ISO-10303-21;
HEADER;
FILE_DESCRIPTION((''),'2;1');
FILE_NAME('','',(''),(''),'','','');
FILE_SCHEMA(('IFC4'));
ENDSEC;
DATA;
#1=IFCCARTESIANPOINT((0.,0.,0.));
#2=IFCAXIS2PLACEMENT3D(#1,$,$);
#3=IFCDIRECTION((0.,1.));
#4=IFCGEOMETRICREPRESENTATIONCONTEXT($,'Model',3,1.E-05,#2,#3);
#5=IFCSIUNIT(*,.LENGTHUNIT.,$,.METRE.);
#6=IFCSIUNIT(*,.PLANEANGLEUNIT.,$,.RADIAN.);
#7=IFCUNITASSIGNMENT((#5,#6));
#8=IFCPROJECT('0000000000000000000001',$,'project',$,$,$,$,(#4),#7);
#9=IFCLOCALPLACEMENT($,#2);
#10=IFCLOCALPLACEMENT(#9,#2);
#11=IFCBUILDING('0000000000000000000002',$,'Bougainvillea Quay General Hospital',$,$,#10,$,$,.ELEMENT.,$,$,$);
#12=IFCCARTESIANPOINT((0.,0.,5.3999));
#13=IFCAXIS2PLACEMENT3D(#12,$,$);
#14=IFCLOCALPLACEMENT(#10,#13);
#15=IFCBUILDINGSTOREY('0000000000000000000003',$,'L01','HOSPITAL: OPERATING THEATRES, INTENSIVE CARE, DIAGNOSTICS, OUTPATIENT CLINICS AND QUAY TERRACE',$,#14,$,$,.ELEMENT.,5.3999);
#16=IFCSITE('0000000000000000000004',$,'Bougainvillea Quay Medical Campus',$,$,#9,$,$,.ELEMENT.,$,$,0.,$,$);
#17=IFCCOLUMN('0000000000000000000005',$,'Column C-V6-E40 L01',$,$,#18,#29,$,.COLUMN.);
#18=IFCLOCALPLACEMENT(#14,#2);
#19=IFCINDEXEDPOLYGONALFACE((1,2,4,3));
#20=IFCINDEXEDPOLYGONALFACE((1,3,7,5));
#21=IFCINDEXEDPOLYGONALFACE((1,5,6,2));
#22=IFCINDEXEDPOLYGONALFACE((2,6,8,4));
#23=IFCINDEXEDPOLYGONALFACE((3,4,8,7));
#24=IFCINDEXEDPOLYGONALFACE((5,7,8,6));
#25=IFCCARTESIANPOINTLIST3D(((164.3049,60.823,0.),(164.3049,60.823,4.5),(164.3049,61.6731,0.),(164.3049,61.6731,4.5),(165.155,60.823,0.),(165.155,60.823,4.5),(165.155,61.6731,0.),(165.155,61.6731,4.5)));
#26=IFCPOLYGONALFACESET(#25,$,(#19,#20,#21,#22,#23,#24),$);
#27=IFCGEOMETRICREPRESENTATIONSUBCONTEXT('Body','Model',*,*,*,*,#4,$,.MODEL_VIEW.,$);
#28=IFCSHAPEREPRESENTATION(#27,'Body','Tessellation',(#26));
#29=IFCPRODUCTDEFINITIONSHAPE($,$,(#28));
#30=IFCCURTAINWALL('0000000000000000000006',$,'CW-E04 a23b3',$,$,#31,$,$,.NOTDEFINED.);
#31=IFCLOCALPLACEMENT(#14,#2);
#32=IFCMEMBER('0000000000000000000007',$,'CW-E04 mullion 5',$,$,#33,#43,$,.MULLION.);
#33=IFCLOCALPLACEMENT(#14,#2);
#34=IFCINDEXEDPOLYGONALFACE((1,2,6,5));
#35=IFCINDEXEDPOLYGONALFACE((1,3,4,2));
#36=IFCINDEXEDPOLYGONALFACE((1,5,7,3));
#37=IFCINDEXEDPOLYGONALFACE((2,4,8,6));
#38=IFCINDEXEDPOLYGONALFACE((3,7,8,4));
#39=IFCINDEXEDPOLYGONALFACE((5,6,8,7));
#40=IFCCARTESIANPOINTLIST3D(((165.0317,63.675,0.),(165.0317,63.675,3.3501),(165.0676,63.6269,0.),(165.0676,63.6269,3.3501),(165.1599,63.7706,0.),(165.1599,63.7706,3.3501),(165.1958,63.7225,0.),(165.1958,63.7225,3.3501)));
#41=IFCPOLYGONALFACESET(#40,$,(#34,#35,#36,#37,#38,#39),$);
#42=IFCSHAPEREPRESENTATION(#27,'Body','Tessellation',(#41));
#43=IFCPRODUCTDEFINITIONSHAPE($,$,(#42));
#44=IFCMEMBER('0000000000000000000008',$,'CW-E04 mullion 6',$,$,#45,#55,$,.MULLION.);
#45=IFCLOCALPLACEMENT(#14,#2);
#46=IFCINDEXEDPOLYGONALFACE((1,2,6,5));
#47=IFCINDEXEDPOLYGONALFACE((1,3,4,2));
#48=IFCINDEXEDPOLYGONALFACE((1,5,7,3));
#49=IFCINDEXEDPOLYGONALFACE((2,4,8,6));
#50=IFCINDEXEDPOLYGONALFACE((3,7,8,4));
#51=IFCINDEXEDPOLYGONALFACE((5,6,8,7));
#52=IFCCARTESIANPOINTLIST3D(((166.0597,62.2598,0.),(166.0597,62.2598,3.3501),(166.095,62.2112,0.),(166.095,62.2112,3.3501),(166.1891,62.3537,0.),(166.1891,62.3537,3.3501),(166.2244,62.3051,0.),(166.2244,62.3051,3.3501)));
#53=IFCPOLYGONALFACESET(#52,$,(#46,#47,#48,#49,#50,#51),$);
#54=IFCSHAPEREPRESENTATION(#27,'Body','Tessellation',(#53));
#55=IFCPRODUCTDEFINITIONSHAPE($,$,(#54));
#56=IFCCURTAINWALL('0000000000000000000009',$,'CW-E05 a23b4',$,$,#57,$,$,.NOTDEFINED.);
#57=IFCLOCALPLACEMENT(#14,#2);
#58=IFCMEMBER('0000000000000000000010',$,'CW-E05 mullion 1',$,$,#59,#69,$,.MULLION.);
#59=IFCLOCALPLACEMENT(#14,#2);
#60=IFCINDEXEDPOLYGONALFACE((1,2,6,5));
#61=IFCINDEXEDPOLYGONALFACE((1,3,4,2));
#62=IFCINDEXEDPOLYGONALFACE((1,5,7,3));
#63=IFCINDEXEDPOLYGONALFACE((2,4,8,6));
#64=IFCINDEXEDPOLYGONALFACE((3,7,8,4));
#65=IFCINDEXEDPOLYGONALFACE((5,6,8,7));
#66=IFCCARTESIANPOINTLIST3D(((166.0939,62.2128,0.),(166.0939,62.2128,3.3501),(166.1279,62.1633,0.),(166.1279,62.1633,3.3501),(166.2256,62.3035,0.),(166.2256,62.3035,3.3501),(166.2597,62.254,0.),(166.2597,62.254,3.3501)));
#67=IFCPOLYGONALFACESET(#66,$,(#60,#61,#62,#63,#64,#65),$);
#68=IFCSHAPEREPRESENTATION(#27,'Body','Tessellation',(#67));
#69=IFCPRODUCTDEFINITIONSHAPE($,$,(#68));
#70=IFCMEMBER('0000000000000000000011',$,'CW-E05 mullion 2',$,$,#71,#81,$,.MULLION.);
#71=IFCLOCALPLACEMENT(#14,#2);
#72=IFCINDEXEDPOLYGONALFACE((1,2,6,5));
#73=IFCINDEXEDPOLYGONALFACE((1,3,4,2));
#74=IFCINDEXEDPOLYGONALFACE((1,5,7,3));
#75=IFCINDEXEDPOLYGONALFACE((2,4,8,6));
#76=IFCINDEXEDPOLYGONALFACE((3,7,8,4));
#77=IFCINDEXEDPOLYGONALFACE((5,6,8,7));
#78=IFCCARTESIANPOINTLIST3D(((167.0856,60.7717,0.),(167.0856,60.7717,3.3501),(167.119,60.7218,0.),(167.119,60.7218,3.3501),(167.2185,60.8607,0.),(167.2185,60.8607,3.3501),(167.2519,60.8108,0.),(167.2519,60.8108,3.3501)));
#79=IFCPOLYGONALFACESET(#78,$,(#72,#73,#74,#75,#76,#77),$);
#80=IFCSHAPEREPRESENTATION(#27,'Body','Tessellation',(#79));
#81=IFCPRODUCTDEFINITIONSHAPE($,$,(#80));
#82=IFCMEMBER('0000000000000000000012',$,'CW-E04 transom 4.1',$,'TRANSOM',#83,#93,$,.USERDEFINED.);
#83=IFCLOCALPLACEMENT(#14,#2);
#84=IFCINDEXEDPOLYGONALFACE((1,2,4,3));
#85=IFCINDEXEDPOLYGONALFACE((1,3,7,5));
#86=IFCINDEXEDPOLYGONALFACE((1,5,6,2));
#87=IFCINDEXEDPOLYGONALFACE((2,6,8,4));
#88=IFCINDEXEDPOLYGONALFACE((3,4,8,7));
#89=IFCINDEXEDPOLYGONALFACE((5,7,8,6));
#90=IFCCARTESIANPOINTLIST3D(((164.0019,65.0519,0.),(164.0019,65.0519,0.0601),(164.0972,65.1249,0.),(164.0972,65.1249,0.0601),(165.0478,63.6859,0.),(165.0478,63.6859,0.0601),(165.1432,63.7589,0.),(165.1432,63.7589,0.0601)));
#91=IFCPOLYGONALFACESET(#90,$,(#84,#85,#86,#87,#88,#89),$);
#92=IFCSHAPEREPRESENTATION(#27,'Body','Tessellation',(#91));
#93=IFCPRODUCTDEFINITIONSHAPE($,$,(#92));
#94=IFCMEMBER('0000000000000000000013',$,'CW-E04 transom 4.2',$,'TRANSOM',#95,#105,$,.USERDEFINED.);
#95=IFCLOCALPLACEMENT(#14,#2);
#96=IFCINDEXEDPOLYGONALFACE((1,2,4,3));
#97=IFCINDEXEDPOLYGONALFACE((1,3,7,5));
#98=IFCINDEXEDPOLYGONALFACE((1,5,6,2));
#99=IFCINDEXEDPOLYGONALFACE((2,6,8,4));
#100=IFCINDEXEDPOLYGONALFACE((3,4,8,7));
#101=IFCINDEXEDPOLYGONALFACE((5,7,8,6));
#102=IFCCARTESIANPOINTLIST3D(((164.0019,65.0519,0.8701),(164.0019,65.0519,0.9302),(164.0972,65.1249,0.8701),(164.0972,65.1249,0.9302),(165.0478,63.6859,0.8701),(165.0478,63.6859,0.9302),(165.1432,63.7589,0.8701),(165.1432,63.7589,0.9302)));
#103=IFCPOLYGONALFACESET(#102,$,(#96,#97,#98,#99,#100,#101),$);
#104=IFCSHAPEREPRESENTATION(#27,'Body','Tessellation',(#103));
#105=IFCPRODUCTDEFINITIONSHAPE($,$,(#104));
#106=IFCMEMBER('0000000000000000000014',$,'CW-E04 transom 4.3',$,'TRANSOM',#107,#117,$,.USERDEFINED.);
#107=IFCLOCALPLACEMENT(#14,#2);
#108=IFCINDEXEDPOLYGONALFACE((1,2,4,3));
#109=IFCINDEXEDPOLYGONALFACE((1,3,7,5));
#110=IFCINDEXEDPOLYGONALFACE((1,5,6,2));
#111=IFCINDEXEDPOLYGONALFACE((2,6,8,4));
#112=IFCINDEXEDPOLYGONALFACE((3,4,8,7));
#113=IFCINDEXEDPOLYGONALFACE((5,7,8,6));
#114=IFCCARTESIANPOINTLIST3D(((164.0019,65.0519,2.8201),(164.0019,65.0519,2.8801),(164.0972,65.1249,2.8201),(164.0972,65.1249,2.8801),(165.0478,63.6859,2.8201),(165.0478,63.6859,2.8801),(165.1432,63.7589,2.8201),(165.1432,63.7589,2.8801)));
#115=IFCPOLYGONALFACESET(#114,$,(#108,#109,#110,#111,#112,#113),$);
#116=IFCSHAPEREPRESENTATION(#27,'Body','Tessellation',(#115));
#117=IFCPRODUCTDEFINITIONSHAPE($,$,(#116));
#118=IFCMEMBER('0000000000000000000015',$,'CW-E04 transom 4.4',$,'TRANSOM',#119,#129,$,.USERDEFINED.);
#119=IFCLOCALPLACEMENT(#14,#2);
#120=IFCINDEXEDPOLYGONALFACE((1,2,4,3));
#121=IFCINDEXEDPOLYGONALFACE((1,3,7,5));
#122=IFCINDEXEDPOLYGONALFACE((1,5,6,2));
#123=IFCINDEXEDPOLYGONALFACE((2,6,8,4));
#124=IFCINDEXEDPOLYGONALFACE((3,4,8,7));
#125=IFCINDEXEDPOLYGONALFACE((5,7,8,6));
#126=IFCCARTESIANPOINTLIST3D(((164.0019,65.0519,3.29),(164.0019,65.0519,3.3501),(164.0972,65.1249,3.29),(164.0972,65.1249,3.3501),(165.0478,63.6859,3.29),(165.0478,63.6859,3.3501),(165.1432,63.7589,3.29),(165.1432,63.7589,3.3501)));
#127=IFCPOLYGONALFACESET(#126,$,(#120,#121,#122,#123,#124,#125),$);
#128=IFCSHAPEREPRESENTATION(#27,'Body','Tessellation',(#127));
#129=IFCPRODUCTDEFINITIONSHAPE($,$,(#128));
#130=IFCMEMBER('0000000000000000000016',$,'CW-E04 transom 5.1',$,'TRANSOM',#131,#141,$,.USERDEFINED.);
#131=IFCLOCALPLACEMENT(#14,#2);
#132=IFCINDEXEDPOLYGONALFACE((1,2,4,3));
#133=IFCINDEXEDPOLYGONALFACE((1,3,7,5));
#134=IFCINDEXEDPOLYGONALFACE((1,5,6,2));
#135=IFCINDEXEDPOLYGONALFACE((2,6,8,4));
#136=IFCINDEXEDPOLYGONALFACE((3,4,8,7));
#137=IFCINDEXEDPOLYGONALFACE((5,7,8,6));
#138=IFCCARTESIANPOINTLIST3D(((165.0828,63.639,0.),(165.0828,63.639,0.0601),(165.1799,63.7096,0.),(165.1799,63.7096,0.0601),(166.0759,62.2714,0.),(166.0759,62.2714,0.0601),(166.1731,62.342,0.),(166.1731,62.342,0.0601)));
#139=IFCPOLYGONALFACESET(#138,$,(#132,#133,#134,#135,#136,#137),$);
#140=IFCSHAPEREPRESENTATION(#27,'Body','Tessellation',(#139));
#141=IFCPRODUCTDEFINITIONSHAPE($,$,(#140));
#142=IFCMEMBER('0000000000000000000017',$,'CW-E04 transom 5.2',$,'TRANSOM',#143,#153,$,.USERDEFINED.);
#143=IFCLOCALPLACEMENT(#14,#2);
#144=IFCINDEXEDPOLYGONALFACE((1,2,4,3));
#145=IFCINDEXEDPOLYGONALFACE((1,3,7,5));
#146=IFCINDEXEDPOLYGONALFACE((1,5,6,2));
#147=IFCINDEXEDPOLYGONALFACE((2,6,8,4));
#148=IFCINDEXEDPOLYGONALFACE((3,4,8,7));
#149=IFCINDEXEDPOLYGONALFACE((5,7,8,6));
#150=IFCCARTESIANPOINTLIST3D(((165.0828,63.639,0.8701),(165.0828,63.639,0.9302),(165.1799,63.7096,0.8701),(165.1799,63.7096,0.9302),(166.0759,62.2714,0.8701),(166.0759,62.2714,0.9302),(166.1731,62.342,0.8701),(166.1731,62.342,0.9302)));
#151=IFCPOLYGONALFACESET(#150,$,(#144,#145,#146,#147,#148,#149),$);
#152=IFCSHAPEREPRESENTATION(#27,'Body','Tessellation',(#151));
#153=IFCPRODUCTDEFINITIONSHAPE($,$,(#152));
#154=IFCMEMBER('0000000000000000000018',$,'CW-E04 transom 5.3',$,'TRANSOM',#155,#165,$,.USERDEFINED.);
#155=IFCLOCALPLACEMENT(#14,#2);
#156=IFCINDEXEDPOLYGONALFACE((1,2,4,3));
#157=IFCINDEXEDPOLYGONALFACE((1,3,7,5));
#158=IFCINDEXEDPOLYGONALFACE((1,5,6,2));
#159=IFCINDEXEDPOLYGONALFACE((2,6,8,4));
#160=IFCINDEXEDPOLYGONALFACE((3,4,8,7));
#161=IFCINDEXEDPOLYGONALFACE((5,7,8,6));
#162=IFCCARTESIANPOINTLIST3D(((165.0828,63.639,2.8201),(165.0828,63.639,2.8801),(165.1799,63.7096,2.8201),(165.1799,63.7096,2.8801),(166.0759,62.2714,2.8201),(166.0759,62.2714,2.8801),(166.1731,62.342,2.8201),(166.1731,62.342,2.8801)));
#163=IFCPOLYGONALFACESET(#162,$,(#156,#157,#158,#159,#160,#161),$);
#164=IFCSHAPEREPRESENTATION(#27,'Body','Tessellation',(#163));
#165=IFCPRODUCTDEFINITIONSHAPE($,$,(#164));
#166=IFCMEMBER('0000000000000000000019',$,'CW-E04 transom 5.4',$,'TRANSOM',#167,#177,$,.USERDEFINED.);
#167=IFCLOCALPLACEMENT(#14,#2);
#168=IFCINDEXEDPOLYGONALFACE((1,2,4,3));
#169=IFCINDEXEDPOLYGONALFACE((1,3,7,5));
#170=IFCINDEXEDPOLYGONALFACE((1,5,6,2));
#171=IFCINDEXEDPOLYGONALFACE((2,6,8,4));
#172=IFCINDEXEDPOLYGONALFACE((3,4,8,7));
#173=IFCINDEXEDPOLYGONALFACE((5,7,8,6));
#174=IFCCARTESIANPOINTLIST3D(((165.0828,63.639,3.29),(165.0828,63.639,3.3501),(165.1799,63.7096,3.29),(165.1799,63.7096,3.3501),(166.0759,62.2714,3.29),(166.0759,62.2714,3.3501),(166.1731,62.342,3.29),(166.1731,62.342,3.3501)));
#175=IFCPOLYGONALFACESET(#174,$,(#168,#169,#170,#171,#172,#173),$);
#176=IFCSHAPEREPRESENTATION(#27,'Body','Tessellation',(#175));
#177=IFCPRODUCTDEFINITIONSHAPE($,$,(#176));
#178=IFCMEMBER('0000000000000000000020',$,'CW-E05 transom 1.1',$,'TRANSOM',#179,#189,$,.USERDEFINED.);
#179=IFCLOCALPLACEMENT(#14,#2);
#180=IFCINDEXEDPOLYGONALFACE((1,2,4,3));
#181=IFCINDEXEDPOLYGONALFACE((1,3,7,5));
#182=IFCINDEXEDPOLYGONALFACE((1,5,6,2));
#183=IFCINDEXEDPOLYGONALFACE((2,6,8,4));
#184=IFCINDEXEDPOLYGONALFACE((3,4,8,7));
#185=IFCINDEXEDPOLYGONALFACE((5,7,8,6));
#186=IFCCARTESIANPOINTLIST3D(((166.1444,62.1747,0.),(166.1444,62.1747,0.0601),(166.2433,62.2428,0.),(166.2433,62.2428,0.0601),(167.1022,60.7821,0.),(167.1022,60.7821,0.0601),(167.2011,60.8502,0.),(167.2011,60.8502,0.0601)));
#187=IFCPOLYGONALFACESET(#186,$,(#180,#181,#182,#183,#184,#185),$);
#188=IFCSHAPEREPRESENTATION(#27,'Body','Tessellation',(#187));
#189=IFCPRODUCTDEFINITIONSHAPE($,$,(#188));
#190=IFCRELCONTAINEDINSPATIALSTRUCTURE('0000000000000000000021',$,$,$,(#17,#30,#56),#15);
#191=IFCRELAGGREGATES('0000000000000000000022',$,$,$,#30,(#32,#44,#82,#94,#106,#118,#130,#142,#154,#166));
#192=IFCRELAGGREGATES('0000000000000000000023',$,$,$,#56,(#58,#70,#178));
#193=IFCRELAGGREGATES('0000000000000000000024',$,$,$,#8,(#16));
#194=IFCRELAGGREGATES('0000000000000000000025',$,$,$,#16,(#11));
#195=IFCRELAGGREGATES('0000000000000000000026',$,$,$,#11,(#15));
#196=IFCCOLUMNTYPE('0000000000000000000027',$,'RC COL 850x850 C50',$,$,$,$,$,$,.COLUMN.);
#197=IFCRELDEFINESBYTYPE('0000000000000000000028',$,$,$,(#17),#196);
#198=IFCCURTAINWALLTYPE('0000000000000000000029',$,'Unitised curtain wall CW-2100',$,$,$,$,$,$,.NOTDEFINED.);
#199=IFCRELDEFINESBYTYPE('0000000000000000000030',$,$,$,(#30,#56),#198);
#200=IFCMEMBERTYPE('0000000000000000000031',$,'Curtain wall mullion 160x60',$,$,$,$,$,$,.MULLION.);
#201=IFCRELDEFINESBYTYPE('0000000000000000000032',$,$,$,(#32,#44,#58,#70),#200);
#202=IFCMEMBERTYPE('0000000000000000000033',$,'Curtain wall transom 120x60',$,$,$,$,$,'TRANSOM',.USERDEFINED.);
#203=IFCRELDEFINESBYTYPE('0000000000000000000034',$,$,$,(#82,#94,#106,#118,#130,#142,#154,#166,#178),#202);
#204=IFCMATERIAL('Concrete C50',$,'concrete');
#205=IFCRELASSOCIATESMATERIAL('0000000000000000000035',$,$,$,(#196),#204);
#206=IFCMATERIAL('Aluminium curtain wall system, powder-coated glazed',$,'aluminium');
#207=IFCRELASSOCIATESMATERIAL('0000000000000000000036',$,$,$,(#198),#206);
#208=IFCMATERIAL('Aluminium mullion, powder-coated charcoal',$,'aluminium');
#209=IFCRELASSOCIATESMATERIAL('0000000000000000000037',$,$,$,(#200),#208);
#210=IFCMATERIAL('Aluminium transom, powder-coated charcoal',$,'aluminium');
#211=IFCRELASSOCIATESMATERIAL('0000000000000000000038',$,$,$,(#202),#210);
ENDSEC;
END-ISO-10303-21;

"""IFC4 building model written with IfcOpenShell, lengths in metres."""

from ifc_helpers import new_model, si_unit, direction, frame, origin, origin_2d, place, context, subcontext, project, spatial, rectangle, extrude, material, material_profile, profile_set, type_object, element, aggregate, save


model = new_model("IFC4")

# Units and contexts
model_context = context("Model", 3, precision=1e-05, world=origin(), true_north=direction((0.0, 1.0)))
body_context = subcontext(model_context, "Body", "Model", "MODEL_VIEW")
ifc_project = project(units=[si_unit("LENGTHUNIT", "METRE"), si_unit("PLANEANGLEUNIT", "RADIAN")], contexts=[model_context])

# Site, building, storey
site_placement = place(None, origin())
site = spatial("IfcSite", under=ifc_project, at=site_placement, Name="Bougainvillea Quay Medical Campus", CompositionType="ELEMENT", RefElevation=0.0)
building_placement = place(site_placement, origin())
building = spatial("IfcBuilding", under=site, at=building_placement, Name="Bougainvillea Quay General Hospital", CompositionType="ELEMENT")
storey_placement = place(building_placement, frame((0.0, 0.0, 5.3999)))
storey = spatial("IfcBuildingStorey", under=building, at=storey_placement, Name="L01", Description="HOSPITAL: OPERATING THEATRES, INTENSIVE CARE, DIAGNOSTICS, OUTPATIENT CLINICS AND QUAY TERRACE", CompositionType="ELEMENT", Elevation=5.3999)

# Column
ifc_material_1 = material(Name="Concrete C50", Category="concrete")
ifc_material_profile_1 = material_profile(ifc_material_1, rectangle(XDim=0.8501, YDim=0.8501, at=origin_2d()))
ifc_profile_set_1 = profile_set([ifc_material_profile_1], Name="Concrete C50")
column_type = type_object("IfcColumnType", Name="RC COL 850x850 C50", PredefinedType="COLUMN", material=ifc_profile_set_1)
column_placement = place(storey_placement, frame((164.73, 61.248, 0.0), z_axis=(0.0, 0.0, 1.0), x_axis=(1.0, 0.0, 0.0)))
element("IfcColumn", 1, at=column_placement, inside=storey, type_object=column_type, Name="Column C-V6-E40 L01", PredefinedType="COLUMN", context=body_context, shape_type="SweptSolid", body=[
    extrude(rectangle(XDim=0.8501, YDim=0.8501, at=origin_2d()), origin(), (0.0, 0.0, 1.0), 4.5),
])

# Curtain walls, members
ifc_material_2 = material(Name="Aluminium curtain wall system, powder-coated glazed", Category="aluminium")
curtain_wall_type = type_object("IfcCurtainWallType", Name="Unitised curtain wall CW-2100", PredefinedType="NOTDEFINED", material=ifc_material_2)
curtain_wall_1_placement = place(storey_placement, origin())
curtain_wall_1 = element("IfcCurtainWall", 2, at=curtain_wall_1_placement, inside=storey, type_object=curtain_wall_type, Name="CW-E04 a23b3", PredefinedType="NOTDEFINED")
ifc_material_3 = material(Name="Aluminium mullion, powder-coated charcoal", Category="aluminium")
ifc_material_profile_2 = material_profile(ifc_material_3, rectangle(XDim=0.1599, YDim=0.0601, at=origin_2d()))
ifc_profile_set_2 = profile_set([ifc_material_profile_2], Name="Aluminium mullion, powder-coated charcoal")
member_type_1 = type_object("IfcMemberType", Name="Curtain wall mullion 160x60", PredefinedType="MULLION", material=ifc_profile_set_2)
member_1_placement = place(storey_placement, frame((165.1138, 63.6987, 0.0), z_axis=(0.0, 0.0, 1.0), x_axis=(0.801625, 0.597827, 0.0)))
member_1 = element("IfcMember", 3, at=member_1_placement, type_object=member_type_1, Name="CW-E04 mullion 5", PredefinedType="MULLION", context=body_context, shape_type="SweptSolid", body=[
    extrude(rectangle(XDim=0.1599, YDim=0.0601, at=origin_2d()), origin(), (0.0, 0.0, 1.0), 3.3501),
])
member_2_placement = place(storey_placement, frame((166.1421, 62.2825, 0.0), z_axis=(0.0, 0.0, 1.0), x_axis=(0.809189, 0.587548, 0.0)))
member_2 = element("IfcMember", 4, at=member_2_placement, type_object=member_type_1, Name="CW-E04 mullion 6", PredefinedType="MULLION", context=body_context, shape_type="SweptSolid", body=[
    extrude(rectangle(XDim=0.1599, YDim=0.0601, at=origin_2d()), origin(), (0.0, 0.0, 1.0), 3.3501),
])
curtain_wall_2_placement = place(storey_placement, origin())
curtain_wall_2 = element("IfcCurtainWall", 5, at=curtain_wall_2_placement, inside=storey, type_object=curtain_wall_type, Name="CW-E05 a23b4", PredefinedType="NOTDEFINED")
member_3_placement = place(storey_placement, frame((166.1768, 62.2334, 0.0), z_axis=(0.0, 0.0, 1.0), x_axis=(0.823921, 0.566705, 0.0)))
member_3 = element("IfcMember", 6, at=member_3_placement, type_object=member_type_1, Name="CW-E05 mullion 1", PredefinedType="MULLION", context=body_context, shape_type="SweptSolid", body=[
    extrude(rectangle(XDim=0.1599, YDim=0.0601, at=origin_2d()), origin(), (0.0, 0.0, 1.0), 3.3501),
])
member_4_placement = place(storey_placement, frame((167.1687, 60.7913, 0.0), z_axis=(0.0, 0.0, 1.0), x_axis=(0.831085, 0.556145, 0.0)))
member_4 = element("IfcMember", 7, at=member_4_placement, type_object=member_type_1, Name="CW-E05 mullion 2", PredefinedType="MULLION", context=body_context, shape_type="SweptSolid", body=[
    extrude(rectangle(XDim=0.1599, YDim=0.0601, at=origin_2d()), origin(), (0.0, 0.0, 1.0), 3.3501),
])

# Members
ifc_material_4 = material(Name="Aluminium transom, powder-coated charcoal", Category="aluminium")
ifc_material_profile_3 = material_profile(ifc_material_4, rectangle(XDim=0.1201, YDim=0.0601, at=origin_2d()))
ifc_profile_set_3 = profile_set([ifc_material_profile_3], Name="Aluminium transom, powder-coated charcoal")
member_type_2 = type_object("IfcMemberType", Name="Curtain wall transom 120x60", ElementType="TRANSOM", PredefinedType="USERDEFINED", material=ifc_profile_set_3)
member_5_placement = place(storey_placement, frame((164.0496, 65.0884, 0.03), z_axis=(0.60794, -0.793983, 0.0), x_axis=(0.793983, 0.60794, 0.0)))
member_5 = element("IfcMember", 8, at=member_5_placement, type_object=member_type_2, Name="CW-E04 transom 4.1", ObjectType="TRANSOM", PredefinedType="USERDEFINED", context=body_context, shape_type="SweptSolid", body=[
    extrude(rectangle(XDim=0.1201, YDim=0.0601, at=origin_2d()), origin(), (0.0, 0.0, 1.0), 1.7205),
])
member_6_placement = place(storey_placement, frame((164.0496, 65.0884, 0.9001), z_axis=(0.60794, -0.793983, 0.0), x_axis=(0.793983, 0.60794, 0.0)))
member_6 = element("IfcMember", 9, at=member_6_placement, type_object=member_type_2, Name="CW-E04 transom 4.2", ObjectType="TRANSOM", PredefinedType="USERDEFINED", context=body_context, shape_type="SweptSolid", body=[
    extrude(rectangle(XDim=0.1201, YDim=0.0601, at=origin_2d()), origin(), (0.0, 0.0, 1.0), 1.7205),
])
member_7_placement = place(storey_placement, frame((164.0496, 65.0884, 2.8501), z_axis=(0.60794, -0.793983, 0.0), x_axis=(0.793983, 0.60794, 0.0)))
member_7 = element("IfcMember", 10, at=member_7_placement, type_object=member_type_2, Name="CW-E04 transom 4.3", ObjectType="TRANSOM", PredefinedType="USERDEFINED", context=body_context, shape_type="SweptSolid", body=[
    extrude(rectangle(XDim=0.1201, YDim=0.0601, at=origin_2d()), origin(), (0.0, 0.0, 1.0), 1.7205),
])
member_8_placement = place(storey_placement, frame((164.0496, 65.0884, 3.3201), z_axis=(0.60794, -0.793983, 0.0), x_axis=(0.793983, 0.60794, 0.0)))
member_8 = element("IfcMember", 11, at=member_8_placement, type_object=member_type_2, Name="CW-E04 transom 4.4", ObjectType="TRANSOM", PredefinedType="USERDEFINED", context=body_context, shape_type="SweptSolid", body=[
    extrude(rectangle(XDim=0.1201, YDim=0.0601, at=origin_2d()), origin(), (0.0, 0.0, 1.0), 1.7205),
])
member_9_placement = place(storey_placement, frame((165.1313, 63.6743, 0.03), z_axis=(0.587588, -0.809161, 0.0), x_axis=(0.809161, 0.587588, 0.0)))
member_9 = element("IfcMember", 12, at=member_9_placement, type_object=member_type_2, Name="CW-E04 transom 5.1", ObjectType="TRANSOM", PredefinedType="USERDEFINED", context=body_context, shape_type="SweptSolid", body=[
    extrude(rectangle(XDim=0.1201, YDim=0.0601, at=origin_2d()), origin(), (0.0, 0.0, 1.0), 1.6902),
])
member_10_placement = place(storey_placement, frame((165.1313, 63.6743, 0.9001), z_axis=(0.587588, -0.809161, 0.0), x_axis=(0.809161, 0.587588, 0.0)))
member_10 = element("IfcMember", 13, at=member_10_placement, type_object=member_type_2, Name="CW-E04 transom 5.2", ObjectType="TRANSOM", PredefinedType="USERDEFINED", context=body_context, shape_type="SweptSolid", body=[
    extrude(rectangle(XDim=0.1201, YDim=0.0601, at=origin_2d()), origin(), (0.0, 0.0, 1.0), 1.6902),
])
member_11_placement = place(storey_placement, frame((165.1313, 63.6743, 2.8501), z_axis=(0.587588, -0.809161, 0.0), x_axis=(0.809161, 0.587588, 0.0)))
member_11 = element("IfcMember", 14, at=member_11_placement, type_object=member_type_2, Name="CW-E04 transom 5.3", ObjectType="TRANSOM", PredefinedType="USERDEFINED", context=body_context, shape_type="SweptSolid", body=[
    extrude(rectangle(XDim=0.1201, YDim=0.0601, at=origin_2d()), origin(), (0.0, 0.0, 1.0), 1.6902),
])
member_12_placement = place(storey_placement, frame((165.1313, 63.6743, 3.3201), z_axis=(0.587588, -0.809161, 0.0), x_axis=(0.809161, 0.587588, 0.0)))
member_12 = element("IfcMember", 15, at=member_12_placement, type_object=member_type_2, Name="CW-E04 transom 5.4", ObjectType="TRANSOM", PredefinedType="USERDEFINED", context=body_context, shape_type="SweptSolid", body=[
    extrude(rectangle(XDim=0.1201, YDim=0.0601, at=origin_2d()), origin(), (0.0, 0.0, 1.0), 1.6902),
])
member_13_placement = place(storey_placement, frame((166.1938, 62.2087, 0.03), z_axis=(0.566676, -0.823941, 0.0), x_axis=(0.823941, 0.566676, 0.0)))
member_13 = element("IfcMember", 16, at=member_13_placement, type_object=member_type_2, Name="CW-E05 transom 1.1", ObjectType="TRANSOM", PredefinedType="USERDEFINED", context=body_context, shape_type="SweptSolid", body=[
    extrude(rectangle(XDim=0.1201, YDim=0.0601, at=origin_2d()), origin(), (0.0, 0.0, 1.0), 1.6902),
])

aggregate(curtain_wall_1, [member_1, member_2, member_5, member_6, member_7, member_8, member_9, member_10, member_11, member_12])
aggregate(curtain_wall_2, [member_3, member_4, member_13])

save(model, "model.ifc")
